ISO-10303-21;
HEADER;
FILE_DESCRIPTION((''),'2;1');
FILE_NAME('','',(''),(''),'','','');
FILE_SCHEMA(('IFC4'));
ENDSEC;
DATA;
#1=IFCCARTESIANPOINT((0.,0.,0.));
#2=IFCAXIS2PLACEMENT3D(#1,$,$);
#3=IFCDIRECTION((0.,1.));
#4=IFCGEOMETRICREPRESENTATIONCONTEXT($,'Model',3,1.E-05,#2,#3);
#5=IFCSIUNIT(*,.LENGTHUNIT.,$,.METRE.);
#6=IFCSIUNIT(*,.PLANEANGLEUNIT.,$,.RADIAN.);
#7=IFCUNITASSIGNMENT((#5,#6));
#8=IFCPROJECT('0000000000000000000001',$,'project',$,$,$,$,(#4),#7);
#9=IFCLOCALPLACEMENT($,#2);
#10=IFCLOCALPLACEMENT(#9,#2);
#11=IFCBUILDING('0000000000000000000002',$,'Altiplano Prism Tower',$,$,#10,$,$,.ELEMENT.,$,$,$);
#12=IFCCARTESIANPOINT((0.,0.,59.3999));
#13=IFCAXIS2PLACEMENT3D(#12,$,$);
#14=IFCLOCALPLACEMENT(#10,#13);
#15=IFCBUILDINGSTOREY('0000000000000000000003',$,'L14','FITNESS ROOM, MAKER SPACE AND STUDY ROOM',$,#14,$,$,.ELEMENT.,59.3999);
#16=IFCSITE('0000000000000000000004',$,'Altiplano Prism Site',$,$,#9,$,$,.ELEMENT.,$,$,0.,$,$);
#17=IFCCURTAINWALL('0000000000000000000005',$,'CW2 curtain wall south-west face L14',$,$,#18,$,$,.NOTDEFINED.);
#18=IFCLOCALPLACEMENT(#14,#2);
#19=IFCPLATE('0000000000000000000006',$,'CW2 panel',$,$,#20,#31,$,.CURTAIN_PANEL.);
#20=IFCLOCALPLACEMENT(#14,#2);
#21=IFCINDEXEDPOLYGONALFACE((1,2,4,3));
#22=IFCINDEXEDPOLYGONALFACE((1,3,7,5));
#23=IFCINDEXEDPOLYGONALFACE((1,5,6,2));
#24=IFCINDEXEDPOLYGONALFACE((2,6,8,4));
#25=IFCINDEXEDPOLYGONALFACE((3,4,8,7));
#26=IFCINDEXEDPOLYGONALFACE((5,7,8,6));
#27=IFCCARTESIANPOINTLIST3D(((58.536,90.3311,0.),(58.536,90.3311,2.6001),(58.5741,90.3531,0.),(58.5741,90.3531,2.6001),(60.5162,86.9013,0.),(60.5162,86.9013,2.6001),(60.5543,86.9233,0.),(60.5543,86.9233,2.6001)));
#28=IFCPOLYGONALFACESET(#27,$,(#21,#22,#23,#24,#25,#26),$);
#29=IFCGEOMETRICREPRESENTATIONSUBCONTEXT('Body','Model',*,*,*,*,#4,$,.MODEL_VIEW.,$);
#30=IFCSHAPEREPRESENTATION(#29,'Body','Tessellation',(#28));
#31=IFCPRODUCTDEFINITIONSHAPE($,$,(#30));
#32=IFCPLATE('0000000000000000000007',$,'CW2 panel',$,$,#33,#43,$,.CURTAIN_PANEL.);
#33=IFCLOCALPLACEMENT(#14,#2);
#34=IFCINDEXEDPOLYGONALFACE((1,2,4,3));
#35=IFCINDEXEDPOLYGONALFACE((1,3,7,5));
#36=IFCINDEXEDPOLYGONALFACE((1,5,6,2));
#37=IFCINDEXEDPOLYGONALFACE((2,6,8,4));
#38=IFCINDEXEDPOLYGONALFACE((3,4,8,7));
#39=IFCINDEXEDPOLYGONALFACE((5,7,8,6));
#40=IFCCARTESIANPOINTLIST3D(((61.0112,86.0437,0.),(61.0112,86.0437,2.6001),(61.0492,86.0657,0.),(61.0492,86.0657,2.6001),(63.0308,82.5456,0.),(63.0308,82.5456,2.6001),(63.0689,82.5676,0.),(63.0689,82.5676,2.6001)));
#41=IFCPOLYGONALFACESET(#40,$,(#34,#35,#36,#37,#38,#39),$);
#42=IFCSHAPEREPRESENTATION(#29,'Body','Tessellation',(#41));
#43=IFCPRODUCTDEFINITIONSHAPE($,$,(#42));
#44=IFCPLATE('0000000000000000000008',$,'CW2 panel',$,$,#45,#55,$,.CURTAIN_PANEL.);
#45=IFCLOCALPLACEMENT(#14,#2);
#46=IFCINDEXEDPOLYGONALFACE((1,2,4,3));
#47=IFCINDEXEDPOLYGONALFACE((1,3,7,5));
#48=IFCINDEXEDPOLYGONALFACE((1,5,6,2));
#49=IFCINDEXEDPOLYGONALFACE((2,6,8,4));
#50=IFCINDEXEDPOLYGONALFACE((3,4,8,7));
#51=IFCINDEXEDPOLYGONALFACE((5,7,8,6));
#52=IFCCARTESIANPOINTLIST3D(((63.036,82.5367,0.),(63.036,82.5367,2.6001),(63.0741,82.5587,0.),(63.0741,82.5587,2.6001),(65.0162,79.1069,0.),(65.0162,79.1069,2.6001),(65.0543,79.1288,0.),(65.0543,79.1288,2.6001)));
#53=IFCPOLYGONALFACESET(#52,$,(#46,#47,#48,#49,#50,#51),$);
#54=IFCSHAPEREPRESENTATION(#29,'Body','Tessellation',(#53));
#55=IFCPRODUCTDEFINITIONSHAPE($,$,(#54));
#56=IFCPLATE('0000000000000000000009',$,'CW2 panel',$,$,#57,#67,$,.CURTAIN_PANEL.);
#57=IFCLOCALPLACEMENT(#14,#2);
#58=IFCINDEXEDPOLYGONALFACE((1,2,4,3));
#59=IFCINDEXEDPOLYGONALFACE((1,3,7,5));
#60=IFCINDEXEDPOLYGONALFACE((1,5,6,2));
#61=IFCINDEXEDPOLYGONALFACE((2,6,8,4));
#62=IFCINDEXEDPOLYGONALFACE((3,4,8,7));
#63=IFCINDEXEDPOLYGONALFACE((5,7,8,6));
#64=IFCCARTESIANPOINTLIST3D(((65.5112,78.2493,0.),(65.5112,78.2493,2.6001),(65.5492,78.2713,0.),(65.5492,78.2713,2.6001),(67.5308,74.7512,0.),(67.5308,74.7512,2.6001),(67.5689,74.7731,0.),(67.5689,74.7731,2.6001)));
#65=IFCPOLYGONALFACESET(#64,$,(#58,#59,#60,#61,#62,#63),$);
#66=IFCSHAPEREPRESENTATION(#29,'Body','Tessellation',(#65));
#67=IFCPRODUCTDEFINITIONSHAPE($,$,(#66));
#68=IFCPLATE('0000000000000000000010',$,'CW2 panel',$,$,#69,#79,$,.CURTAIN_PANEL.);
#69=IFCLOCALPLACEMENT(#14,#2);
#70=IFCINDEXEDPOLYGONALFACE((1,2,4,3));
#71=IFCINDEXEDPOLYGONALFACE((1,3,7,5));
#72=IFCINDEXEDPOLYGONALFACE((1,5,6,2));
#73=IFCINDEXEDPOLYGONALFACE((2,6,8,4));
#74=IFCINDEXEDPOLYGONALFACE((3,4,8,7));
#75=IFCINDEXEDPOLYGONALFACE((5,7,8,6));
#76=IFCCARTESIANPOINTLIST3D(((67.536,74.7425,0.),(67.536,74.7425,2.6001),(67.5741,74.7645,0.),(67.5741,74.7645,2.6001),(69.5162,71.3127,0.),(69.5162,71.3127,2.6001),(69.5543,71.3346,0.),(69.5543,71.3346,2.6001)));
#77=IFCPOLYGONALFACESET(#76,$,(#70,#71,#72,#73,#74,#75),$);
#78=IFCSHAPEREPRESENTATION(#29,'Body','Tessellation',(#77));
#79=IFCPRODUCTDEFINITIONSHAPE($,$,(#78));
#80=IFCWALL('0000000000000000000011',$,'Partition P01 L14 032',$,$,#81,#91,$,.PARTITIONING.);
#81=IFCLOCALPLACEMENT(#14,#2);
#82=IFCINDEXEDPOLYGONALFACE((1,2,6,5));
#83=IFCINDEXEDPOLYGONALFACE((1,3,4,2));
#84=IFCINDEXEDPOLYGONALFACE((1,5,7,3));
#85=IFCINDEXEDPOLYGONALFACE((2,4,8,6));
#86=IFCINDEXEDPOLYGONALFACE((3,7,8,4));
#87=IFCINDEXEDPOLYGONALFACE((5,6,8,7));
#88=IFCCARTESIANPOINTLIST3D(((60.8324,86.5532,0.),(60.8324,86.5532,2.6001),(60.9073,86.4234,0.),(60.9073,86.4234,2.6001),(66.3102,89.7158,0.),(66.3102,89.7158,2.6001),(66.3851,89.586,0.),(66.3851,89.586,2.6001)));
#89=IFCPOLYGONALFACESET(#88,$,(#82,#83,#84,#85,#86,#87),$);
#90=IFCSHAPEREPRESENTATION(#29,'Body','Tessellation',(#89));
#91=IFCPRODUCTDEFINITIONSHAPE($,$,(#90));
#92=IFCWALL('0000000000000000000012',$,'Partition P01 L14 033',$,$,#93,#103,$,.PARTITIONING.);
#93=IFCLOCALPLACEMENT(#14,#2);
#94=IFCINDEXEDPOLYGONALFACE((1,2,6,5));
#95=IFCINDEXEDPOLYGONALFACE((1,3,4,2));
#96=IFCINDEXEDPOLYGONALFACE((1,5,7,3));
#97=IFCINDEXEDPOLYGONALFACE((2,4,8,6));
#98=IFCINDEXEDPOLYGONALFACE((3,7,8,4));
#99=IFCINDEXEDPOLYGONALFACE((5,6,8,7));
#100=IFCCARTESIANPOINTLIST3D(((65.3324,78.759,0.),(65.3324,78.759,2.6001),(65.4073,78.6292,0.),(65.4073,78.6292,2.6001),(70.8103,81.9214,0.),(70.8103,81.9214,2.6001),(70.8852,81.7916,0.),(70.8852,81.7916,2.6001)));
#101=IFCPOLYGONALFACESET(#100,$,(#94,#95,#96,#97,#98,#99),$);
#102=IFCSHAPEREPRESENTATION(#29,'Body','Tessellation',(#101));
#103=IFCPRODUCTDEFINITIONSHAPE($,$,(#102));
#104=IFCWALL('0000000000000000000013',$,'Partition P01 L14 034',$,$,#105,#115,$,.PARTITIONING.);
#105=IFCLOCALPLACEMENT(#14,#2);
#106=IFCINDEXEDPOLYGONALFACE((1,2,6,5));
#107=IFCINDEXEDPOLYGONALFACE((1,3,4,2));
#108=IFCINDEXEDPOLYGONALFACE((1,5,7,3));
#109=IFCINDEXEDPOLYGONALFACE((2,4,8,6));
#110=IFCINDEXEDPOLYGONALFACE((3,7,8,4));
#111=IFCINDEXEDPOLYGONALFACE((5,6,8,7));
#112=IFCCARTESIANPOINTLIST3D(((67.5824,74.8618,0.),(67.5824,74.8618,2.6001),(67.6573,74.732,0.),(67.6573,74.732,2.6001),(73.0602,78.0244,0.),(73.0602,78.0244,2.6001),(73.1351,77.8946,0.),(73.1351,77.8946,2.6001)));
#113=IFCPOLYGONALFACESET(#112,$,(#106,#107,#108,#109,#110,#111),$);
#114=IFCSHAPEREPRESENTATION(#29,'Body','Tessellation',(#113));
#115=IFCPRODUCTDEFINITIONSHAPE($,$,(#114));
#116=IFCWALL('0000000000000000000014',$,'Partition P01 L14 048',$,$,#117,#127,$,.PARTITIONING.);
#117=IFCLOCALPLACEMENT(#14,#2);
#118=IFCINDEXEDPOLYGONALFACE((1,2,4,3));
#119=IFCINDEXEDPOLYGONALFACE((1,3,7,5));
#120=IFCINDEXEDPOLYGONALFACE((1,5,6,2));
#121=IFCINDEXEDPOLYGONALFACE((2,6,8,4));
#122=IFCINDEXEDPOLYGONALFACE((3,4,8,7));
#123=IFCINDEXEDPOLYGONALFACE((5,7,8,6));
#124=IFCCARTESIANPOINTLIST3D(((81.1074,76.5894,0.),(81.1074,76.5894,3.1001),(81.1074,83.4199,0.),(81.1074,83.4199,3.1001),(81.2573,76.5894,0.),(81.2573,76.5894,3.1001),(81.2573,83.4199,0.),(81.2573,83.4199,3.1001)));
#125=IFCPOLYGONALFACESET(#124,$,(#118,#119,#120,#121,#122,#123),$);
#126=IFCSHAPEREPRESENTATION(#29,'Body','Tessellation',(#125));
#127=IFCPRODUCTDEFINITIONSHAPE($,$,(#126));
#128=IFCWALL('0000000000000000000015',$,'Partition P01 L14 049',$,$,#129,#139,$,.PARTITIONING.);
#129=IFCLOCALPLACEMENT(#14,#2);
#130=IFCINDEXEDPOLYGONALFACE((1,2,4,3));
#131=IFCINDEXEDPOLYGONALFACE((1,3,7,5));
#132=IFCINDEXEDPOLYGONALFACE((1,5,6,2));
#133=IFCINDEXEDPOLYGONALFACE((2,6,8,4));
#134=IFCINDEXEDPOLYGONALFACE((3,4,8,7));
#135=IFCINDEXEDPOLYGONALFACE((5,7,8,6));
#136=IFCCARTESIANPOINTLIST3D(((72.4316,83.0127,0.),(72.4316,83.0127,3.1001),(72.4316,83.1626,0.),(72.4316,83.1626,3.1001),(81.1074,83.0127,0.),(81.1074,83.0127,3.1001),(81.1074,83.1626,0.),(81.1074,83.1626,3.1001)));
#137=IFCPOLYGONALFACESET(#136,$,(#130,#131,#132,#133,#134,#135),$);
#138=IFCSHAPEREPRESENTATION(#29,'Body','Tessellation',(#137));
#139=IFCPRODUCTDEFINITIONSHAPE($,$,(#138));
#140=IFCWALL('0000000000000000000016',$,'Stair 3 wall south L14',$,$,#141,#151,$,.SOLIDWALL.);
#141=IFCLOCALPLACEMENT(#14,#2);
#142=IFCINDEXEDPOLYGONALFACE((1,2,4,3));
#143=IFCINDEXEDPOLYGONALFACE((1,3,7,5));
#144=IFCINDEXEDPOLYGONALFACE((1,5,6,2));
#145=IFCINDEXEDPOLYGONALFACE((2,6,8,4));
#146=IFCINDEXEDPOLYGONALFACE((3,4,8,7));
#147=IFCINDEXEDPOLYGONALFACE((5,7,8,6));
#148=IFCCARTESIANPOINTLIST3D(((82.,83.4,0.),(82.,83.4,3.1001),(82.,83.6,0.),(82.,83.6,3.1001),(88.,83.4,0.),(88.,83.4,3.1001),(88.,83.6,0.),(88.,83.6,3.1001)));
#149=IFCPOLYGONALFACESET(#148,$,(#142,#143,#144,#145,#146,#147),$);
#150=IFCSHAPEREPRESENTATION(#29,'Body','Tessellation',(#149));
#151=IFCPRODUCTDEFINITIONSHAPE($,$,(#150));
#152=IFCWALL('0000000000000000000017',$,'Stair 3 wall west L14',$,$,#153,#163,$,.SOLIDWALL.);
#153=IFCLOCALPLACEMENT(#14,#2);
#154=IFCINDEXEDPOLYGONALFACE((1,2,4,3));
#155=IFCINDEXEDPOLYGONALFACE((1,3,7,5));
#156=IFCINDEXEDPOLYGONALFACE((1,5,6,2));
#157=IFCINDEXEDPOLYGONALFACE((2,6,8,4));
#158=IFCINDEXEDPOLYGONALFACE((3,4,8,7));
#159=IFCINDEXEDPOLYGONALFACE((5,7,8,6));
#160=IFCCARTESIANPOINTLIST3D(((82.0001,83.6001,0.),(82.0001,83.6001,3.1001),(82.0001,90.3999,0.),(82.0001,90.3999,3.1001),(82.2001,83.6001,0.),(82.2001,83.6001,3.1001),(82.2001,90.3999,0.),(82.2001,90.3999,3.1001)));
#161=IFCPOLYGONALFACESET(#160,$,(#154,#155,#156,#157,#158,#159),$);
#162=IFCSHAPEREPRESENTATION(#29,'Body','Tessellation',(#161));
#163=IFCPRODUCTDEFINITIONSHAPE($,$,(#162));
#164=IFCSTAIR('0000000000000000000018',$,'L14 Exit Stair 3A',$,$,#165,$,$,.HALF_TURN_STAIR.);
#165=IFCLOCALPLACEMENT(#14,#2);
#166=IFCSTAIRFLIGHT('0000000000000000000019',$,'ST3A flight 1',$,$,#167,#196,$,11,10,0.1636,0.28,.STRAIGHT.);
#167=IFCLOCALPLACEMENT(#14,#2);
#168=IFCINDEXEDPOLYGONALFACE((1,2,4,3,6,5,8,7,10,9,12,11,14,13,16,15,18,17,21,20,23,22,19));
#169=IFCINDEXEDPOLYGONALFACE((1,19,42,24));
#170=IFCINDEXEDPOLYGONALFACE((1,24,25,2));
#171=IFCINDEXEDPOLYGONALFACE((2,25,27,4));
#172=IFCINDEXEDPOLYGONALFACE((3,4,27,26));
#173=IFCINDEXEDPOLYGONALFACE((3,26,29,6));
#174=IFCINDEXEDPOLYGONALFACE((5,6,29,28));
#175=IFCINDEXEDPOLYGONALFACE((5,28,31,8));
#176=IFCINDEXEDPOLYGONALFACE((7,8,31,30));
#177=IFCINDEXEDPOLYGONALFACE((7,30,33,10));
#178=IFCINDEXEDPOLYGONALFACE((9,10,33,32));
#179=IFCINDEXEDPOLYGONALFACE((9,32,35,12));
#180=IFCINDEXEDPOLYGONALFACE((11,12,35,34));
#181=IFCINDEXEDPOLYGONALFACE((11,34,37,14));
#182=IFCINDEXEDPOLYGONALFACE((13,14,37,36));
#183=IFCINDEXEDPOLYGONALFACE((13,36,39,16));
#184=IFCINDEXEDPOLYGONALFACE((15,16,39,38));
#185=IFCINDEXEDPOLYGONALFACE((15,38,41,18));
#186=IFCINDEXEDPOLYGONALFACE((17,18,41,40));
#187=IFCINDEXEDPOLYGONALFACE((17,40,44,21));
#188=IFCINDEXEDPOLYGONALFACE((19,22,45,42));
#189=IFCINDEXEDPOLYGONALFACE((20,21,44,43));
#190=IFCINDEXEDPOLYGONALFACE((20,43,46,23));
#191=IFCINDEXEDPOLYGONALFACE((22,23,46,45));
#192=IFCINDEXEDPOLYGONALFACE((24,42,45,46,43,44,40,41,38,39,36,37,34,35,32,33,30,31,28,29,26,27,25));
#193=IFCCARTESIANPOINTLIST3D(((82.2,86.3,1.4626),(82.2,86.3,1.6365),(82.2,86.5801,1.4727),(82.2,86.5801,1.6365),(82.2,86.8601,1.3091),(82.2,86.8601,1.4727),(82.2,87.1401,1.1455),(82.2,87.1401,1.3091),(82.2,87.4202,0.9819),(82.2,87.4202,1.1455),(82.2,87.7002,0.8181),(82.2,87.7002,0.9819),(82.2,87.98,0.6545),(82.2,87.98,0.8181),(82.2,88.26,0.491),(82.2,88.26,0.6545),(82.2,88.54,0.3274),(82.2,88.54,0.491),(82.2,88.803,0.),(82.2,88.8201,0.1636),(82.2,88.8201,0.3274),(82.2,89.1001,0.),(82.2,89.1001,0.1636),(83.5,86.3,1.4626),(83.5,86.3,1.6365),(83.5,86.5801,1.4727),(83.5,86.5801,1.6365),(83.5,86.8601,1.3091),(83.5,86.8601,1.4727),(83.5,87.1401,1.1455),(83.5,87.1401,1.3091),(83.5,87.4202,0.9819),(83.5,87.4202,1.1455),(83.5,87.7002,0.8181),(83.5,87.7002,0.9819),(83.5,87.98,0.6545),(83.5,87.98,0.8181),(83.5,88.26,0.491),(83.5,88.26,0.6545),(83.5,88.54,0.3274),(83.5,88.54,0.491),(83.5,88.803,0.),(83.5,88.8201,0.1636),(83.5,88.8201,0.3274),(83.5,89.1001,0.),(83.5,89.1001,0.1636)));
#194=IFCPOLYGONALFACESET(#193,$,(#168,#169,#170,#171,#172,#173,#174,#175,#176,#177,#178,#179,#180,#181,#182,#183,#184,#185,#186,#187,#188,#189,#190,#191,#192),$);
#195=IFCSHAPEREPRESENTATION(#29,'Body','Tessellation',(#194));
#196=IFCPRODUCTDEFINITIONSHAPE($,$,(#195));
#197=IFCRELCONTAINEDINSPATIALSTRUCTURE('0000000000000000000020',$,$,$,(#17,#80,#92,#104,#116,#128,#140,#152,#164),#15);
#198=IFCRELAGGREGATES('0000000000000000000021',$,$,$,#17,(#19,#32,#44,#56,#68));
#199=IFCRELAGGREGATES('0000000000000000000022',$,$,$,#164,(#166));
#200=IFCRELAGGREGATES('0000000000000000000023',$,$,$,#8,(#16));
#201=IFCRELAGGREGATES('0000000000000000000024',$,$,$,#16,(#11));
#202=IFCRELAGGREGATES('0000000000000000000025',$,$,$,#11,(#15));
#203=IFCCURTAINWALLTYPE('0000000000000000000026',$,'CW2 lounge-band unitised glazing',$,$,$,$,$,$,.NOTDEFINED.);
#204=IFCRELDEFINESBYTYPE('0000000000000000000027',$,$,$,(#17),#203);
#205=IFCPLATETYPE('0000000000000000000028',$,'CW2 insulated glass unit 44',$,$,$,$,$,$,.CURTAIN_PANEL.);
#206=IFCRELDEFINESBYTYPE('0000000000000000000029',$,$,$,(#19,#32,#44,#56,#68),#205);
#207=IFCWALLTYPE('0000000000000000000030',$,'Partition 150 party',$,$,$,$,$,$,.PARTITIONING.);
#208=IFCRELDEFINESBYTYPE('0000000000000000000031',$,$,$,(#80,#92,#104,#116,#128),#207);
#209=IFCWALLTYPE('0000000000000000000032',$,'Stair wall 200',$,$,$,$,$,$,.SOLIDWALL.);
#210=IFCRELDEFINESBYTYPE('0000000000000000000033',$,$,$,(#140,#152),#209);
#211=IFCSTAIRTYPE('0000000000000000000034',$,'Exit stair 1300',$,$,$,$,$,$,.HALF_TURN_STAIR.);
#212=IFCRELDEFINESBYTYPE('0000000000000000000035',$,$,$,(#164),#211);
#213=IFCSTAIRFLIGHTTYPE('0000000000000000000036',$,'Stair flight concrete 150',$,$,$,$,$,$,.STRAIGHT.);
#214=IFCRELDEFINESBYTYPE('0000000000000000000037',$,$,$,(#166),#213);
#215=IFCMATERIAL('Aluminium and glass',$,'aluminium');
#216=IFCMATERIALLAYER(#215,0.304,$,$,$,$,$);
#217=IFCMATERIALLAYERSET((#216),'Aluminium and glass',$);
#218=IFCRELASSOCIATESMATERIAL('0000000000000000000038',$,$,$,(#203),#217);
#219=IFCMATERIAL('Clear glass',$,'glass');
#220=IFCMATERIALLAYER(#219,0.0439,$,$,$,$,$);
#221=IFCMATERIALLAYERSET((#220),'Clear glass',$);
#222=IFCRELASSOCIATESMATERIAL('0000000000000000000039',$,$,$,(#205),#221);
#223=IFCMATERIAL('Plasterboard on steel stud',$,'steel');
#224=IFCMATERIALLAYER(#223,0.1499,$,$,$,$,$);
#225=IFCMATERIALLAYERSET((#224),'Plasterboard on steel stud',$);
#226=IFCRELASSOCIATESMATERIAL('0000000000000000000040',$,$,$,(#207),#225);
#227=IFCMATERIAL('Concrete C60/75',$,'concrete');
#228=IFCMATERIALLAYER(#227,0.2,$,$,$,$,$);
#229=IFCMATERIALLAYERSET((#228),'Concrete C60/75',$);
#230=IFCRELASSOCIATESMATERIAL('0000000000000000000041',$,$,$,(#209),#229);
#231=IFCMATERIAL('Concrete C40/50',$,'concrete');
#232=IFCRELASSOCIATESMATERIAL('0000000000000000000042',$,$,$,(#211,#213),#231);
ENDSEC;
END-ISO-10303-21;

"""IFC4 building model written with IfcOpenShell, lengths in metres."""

from ifc_helpers import new_model, si_unit, direction, frame, frame_2d, origin, origin_2d, place, context, subcontext, project, spatial, polyline, rectangle, outline, extrude, material, layer, layer_set, type_object, element, aggregate, save


model = new_model("IFC4")

# Units and contexts
model_context = context("Model", 3, precision=1e-05, world=origin(), true_north=direction((0.0, 1.0)))
body_context = subcontext(model_context, "Body", "Model", "MODEL_VIEW")
ifc_project = project(units=[si_unit("LENGTHUNIT", "METRE"), si_unit("PLANEANGLEUNIT", "RADIAN")], contexts=[model_context])

# Site, building, storey
site_placement = place(None, origin())
site = spatial("IfcSite", under=ifc_project, at=site_placement, Name="Altiplano Prism Site", CompositionType="ELEMENT", RefElevation=0.0)
building_placement = place(site_placement, origin())
building = spatial("IfcBuilding", under=site, at=building_placement, Name="Altiplano Prism Tower", CompositionType="ELEMENT")
storey_placement = place(building_placement, frame((0.0, 0.0, 59.3999)))
storey = spatial("IfcBuildingStorey", under=building, at=storey_placement, Name="L14", Description="FITNESS ROOM, MAKER SPACE AND STUDY ROOM", CompositionType="ELEMENT", Elevation=59.3999)

# Shared definitions
ifc_material_1 = material(Name="Concrete C60/75", Category="concrete")

# Curtain wall
ifc_material_2 = material(Name="Aluminium and glass", Category="aluminium")
ifc_layer_1 = layer(ifc_material_2, 0.304)
ifc_layer_set_1 = layer_set([ifc_layer_1], Name="Aluminium and glass")
curtain_wall_type = type_object("IfcCurtainWallType", Name="CW2 lounge-band unitised glazing", PredefinedType="NOTDEFINED", material=ifc_layer_set_1)
curtain_wall_placement = place(storey_placement, origin())
curtain_wall = element("IfcCurtainWall", 1, at=curtain_wall_placement, inside=storey, type_object=curtain_wall_type, Name="CW2 curtain wall south-west face L14", PredefinedType="NOTDEFINED")

# Plates
ifc_material_3 = material(Name="Clear glass", Category="glass")
ifc_layer_2 = layer(ifc_material_3, 0.0439)
ifc_layer_set_2 = layer_set([ifc_layer_2], Name="Clear glass")
plate_type = type_object("IfcPlateType", Name="CW2 insulated glass unit 44", PredefinedType="CURTAIN_PANEL", material=ifc_layer_set_2)
plate_1_placement = place(storey_placement, frame((59.5452, 88.6272, 0.0), z_axis=(0.0, 0.0, 1.0), x_axis=(0.5, -0.866025, 0.0)))
plate_1 = element("IfcPlate", 2, at=plate_1_placement, type_object=plate_type, Name="CW2 panel", PredefinedType="CURTAIN_PANEL", context=body_context, shape_type="SweptSolid", body=[
    extrude(rectangle(XDim=3.9604, YDim=0.0439, at=origin_2d()), origin(), (0.0, 0.0, 1.0), 2.6001),
])
plate_2_placement = place(storey_placement, frame((62.04, 84.3057, 0.0), z_axis=(0.0, 0.0, 1.0), x_axis=(0.5, -0.866025, 0.0)))
plate_2 = element("IfcPlate", 3, at=plate_2_placement, type_object=plate_type, Name="CW2 panel", PredefinedType="CURTAIN_PANEL", context=body_context, shape_type="SweptSolid", body=[
    extrude(rectangle(XDim=4.0393, YDim=0.0439, at=origin_2d()), origin(), (0.0, 0.0, 1.0), 2.6001),
])
plate_3_placement = place(storey_placement, frame((64.0452, 80.8328, 0.0), z_axis=(0.0, 0.0, 1.0), x_axis=(0.5, -0.866025, 0.0)))
plate_3 = element("IfcPlate", 4, at=plate_3_placement, type_object=plate_type, Name="CW2 panel", PredefinedType="CURTAIN_PANEL", context=body_context, shape_type="SweptSolid", body=[
    extrude(rectangle(XDim=3.9604, YDim=0.0439, at=origin_2d()), origin(), (0.0, 0.0, 1.0), 2.6001),
])
plate_4_placement = place(storey_placement, frame((66.54, 76.5112, 0.0), z_axis=(0.0, 0.0, 1.0), x_axis=(0.5, -0.866025, 0.0)))
plate_4 = element("IfcPlate", 5, at=plate_4_placement, type_object=plate_type, Name="CW2 panel", PredefinedType="CURTAIN_PANEL", context=body_context, shape_type="SweptSolid", body=[
    extrude(rectangle(XDim=4.0393, YDim=0.0439, at=origin_2d()), origin(), (0.0, 0.0, 1.0), 2.6001),
])
plate_5_placement = place(storey_placement, frame((68.5452, 73.0386, 0.0), z_axis=(0.0, 0.0, 1.0), x_axis=(0.5, -0.866025, 0.0)))
plate_5 = element("IfcPlate", 6, at=plate_5_placement, type_object=plate_type, Name="CW2 panel", PredefinedType="CURTAIN_PANEL", context=body_context, shape_type="SweptSolid", body=[
    extrude(rectangle(XDim=3.9604, YDim=0.0439, at=origin_2d()), origin(), (0.0, 0.0, 1.0), 2.6001),
])
aggregate(curtain_wall, [plate_1, plate_2, plate_3, plate_4, plate_5])

# Walls
ifc_material_4 = material(Name="Plasterboard on steel stud", Category="steel")
ifc_layer_3 = layer(ifc_material_4, 0.1499)
ifc_layer_set_3 = layer_set([ifc_layer_3], Name="Plasterboard on steel stud")
wall_type_1 = type_object("IfcWallType", Name="Partition 150 party", PredefinedType="PARTITIONING", material=ifc_layer_set_3)
for number, where, z_axis, x_axis, name in (
    (7, (60.8699, 86.4883, 0.0), (0.0, 0.0, 1.0), (0.866026, 0.5, 0.0), "Partition P01 L14 032"),
    (8, (65.3699, 78.6941, 0.0), (0.0, 0.0, 1.0), (0.866042, 0.499971, 0.0), "Partition P01 L14 033"),
    (9, (67.6199, 74.7969, 0.0), (0.0, 0.0, 1.0), (0.866026, 0.5, 0.0), "Partition P01 L14 034"),
):
    element("IfcWall", number, at=place(storey_placement, frame(where, z_axis=z_axis, x_axis=x_axis)), inside=storey, type_object=wall_type_1, Name=name, PredefinedType="PARTITIONING", context=body_context, shape_type="SweptSolid", body=[
        extrude(rectangle(XDim=6.3252, YDim=0.1499, at=frame_2d((3.1626, 0.0))), origin(), (0.0, 0.0, 1.0), 2.6001),
    ])
wall_1_placement = place(storey_placement, frame((81.1824, 83.4199, 0.0), z_axis=(0.0, 0.0, 1.0), x_axis=(0.0, -1.0, 0.0)))
element("IfcWall", 10, at=wall_1_placement, inside=storey, type_object=wall_type_1, Name="Partition P01 L14 048", PredefinedType="PARTITIONING", context=body_context, shape_type="SweptSolid", body=[
    extrude(rectangle(XDim=6.8306, YDim=0.1499, at=frame_2d((3.4153, 0.0))), origin(), (0.0, 0.0, 1.0), 3.1001),
])
wall_2_placement = place(storey_placement, frame((81.1074, 83.0876, 0.0), z_axis=(0.0, 0.0, 1.0), x_axis=(-1.0, 0.0, 0.0)))
element("IfcWall", 11, at=wall_2_placement, inside=storey, type_object=wall_type_1, Name="Partition P01 L14 049", PredefinedType="PARTITIONING", context=body_context, shape_type="SweptSolid", body=[
    extrude(rectangle(XDim=8.6758, YDim=0.1499, at=frame_2d((4.3379, 0.0))), origin(), (0.0, 0.0, 1.0), 3.1001),
])
ifc_layer_4 = layer(ifc_material_1, 0.2)
ifc_layer_set_4 = layer_set([ifc_layer_4], Name="Concrete C60/75")
wall_type_2 = type_object("IfcWallType", Name="Stair wall 200", PredefinedType="SOLIDWALL", material=ifc_layer_set_4)
wall_3_placement = place(storey_placement, frame((82.0, 83.5, 0.0), z_axis=(0.0, 0.0, 1.0), x_axis=(1.0, 0.0, 0.0)))
element("IfcWall", 12, at=wall_3_placement, inside=storey, type_object=wall_type_2, Name="Stair 3 wall south L14", PredefinedType="SOLIDWALL", context=body_context, shape_type="SweptSolid", body=[
    extrude(rectangle(XDim=6.0, YDim=0.2, at=frame_2d((3.0, 0.0))), origin(), (0.0, 0.0, 1.0), 3.1001),
])
wall_4_placement = place(storey_placement, frame((82.1001, 83.6001, 0.0), z_axis=(0.0, 0.0, 1.0), x_axis=(0.0, 1.0, 0.0)))
element("IfcWall", 13, at=wall_4_placement, inside=storey, type_object=wall_type_2, Name="Stair 3 wall west L14", PredefinedType="SOLIDWALL", context=body_context, shape_type="SweptSolid", body=[
    extrude(rectangle(XDim=6.7998, YDim=0.2, at=frame_2d((3.3999, 0.0))), origin(), (0.0, 0.0, 1.0), 3.1001),
])

# Stair, stair flight
ifc_material_5 = material(Name="Concrete C40/50", Category="concrete")
stair_type = type_object("IfcStairType", Name="Exit stair 1300", PredefinedType="HALF_TURN_STAIR", material=ifc_material_5)
stair_placement = place(storey_placement, origin())
stair = element("IfcStair", 14, at=stair_placement, inside=storey, type_object=stair_type, Name="L14 Exit Stair 3A", PredefinedType="HALF_TURN_STAIR")
stair_flight_type = type_object("IfcStairFlightType", Name="Stair flight concrete 150", PredefinedType="STRAIGHT", material=ifc_material_5)
stair_flight_placement = place(storey_placement, frame((82.8501, 89.1001, 0.0), z_axis=(0.0, 0.0, 1.0), x_axis=(0.0, -1.0, 0.0)))
stair_flight = element("IfcStairFlight", 15, at=stair_flight_placement, type_object=stair_flight_type, Name="ST3A flight 1", NumberOfRisers=11, NumberOfTreads=10, PredefinedType="STRAIGHT", RiserHeight=0.1636, TreadLength=0.28, context=body_context, shape_type="SweptSolid", body=[
    extrude(outline(polyline([(0.0, 0.0), (0.0, 0.1636), (0.28, 0.1636), (0.28, 0.3274), (0.5601, 0.3274), (0.5601, 0.491), (0.8401, 0.491), (0.8401, 0.6545), (1.1201, 0.6545), (1.1201, 0.8181), (1.3999, 0.8181), (1.3999, 0.9819), (1.6799, 0.9819), (1.6799, 1.1455), (1.96, 1.1455), (1.96, 1.3091), (2.24, 1.3091), (2.24, 1.4727), (2.52, 1.4727), (2.52, 1.6365), (2.8, 1.6365), (2.8, 1.8), (2.8, 1.4626), (0.2971, 0.0), (0.0, 0.0)])), frame((0.0, 0.6499, 0.0), z_axis=(0.0, -1.0, 0.0), x_axis=(1.0, 0.0, 0.0)), (0.0, 0.0, 1.0), 1.3),
])
aggregate(stair, [stair_flight])

save(model, "model.ifc")
